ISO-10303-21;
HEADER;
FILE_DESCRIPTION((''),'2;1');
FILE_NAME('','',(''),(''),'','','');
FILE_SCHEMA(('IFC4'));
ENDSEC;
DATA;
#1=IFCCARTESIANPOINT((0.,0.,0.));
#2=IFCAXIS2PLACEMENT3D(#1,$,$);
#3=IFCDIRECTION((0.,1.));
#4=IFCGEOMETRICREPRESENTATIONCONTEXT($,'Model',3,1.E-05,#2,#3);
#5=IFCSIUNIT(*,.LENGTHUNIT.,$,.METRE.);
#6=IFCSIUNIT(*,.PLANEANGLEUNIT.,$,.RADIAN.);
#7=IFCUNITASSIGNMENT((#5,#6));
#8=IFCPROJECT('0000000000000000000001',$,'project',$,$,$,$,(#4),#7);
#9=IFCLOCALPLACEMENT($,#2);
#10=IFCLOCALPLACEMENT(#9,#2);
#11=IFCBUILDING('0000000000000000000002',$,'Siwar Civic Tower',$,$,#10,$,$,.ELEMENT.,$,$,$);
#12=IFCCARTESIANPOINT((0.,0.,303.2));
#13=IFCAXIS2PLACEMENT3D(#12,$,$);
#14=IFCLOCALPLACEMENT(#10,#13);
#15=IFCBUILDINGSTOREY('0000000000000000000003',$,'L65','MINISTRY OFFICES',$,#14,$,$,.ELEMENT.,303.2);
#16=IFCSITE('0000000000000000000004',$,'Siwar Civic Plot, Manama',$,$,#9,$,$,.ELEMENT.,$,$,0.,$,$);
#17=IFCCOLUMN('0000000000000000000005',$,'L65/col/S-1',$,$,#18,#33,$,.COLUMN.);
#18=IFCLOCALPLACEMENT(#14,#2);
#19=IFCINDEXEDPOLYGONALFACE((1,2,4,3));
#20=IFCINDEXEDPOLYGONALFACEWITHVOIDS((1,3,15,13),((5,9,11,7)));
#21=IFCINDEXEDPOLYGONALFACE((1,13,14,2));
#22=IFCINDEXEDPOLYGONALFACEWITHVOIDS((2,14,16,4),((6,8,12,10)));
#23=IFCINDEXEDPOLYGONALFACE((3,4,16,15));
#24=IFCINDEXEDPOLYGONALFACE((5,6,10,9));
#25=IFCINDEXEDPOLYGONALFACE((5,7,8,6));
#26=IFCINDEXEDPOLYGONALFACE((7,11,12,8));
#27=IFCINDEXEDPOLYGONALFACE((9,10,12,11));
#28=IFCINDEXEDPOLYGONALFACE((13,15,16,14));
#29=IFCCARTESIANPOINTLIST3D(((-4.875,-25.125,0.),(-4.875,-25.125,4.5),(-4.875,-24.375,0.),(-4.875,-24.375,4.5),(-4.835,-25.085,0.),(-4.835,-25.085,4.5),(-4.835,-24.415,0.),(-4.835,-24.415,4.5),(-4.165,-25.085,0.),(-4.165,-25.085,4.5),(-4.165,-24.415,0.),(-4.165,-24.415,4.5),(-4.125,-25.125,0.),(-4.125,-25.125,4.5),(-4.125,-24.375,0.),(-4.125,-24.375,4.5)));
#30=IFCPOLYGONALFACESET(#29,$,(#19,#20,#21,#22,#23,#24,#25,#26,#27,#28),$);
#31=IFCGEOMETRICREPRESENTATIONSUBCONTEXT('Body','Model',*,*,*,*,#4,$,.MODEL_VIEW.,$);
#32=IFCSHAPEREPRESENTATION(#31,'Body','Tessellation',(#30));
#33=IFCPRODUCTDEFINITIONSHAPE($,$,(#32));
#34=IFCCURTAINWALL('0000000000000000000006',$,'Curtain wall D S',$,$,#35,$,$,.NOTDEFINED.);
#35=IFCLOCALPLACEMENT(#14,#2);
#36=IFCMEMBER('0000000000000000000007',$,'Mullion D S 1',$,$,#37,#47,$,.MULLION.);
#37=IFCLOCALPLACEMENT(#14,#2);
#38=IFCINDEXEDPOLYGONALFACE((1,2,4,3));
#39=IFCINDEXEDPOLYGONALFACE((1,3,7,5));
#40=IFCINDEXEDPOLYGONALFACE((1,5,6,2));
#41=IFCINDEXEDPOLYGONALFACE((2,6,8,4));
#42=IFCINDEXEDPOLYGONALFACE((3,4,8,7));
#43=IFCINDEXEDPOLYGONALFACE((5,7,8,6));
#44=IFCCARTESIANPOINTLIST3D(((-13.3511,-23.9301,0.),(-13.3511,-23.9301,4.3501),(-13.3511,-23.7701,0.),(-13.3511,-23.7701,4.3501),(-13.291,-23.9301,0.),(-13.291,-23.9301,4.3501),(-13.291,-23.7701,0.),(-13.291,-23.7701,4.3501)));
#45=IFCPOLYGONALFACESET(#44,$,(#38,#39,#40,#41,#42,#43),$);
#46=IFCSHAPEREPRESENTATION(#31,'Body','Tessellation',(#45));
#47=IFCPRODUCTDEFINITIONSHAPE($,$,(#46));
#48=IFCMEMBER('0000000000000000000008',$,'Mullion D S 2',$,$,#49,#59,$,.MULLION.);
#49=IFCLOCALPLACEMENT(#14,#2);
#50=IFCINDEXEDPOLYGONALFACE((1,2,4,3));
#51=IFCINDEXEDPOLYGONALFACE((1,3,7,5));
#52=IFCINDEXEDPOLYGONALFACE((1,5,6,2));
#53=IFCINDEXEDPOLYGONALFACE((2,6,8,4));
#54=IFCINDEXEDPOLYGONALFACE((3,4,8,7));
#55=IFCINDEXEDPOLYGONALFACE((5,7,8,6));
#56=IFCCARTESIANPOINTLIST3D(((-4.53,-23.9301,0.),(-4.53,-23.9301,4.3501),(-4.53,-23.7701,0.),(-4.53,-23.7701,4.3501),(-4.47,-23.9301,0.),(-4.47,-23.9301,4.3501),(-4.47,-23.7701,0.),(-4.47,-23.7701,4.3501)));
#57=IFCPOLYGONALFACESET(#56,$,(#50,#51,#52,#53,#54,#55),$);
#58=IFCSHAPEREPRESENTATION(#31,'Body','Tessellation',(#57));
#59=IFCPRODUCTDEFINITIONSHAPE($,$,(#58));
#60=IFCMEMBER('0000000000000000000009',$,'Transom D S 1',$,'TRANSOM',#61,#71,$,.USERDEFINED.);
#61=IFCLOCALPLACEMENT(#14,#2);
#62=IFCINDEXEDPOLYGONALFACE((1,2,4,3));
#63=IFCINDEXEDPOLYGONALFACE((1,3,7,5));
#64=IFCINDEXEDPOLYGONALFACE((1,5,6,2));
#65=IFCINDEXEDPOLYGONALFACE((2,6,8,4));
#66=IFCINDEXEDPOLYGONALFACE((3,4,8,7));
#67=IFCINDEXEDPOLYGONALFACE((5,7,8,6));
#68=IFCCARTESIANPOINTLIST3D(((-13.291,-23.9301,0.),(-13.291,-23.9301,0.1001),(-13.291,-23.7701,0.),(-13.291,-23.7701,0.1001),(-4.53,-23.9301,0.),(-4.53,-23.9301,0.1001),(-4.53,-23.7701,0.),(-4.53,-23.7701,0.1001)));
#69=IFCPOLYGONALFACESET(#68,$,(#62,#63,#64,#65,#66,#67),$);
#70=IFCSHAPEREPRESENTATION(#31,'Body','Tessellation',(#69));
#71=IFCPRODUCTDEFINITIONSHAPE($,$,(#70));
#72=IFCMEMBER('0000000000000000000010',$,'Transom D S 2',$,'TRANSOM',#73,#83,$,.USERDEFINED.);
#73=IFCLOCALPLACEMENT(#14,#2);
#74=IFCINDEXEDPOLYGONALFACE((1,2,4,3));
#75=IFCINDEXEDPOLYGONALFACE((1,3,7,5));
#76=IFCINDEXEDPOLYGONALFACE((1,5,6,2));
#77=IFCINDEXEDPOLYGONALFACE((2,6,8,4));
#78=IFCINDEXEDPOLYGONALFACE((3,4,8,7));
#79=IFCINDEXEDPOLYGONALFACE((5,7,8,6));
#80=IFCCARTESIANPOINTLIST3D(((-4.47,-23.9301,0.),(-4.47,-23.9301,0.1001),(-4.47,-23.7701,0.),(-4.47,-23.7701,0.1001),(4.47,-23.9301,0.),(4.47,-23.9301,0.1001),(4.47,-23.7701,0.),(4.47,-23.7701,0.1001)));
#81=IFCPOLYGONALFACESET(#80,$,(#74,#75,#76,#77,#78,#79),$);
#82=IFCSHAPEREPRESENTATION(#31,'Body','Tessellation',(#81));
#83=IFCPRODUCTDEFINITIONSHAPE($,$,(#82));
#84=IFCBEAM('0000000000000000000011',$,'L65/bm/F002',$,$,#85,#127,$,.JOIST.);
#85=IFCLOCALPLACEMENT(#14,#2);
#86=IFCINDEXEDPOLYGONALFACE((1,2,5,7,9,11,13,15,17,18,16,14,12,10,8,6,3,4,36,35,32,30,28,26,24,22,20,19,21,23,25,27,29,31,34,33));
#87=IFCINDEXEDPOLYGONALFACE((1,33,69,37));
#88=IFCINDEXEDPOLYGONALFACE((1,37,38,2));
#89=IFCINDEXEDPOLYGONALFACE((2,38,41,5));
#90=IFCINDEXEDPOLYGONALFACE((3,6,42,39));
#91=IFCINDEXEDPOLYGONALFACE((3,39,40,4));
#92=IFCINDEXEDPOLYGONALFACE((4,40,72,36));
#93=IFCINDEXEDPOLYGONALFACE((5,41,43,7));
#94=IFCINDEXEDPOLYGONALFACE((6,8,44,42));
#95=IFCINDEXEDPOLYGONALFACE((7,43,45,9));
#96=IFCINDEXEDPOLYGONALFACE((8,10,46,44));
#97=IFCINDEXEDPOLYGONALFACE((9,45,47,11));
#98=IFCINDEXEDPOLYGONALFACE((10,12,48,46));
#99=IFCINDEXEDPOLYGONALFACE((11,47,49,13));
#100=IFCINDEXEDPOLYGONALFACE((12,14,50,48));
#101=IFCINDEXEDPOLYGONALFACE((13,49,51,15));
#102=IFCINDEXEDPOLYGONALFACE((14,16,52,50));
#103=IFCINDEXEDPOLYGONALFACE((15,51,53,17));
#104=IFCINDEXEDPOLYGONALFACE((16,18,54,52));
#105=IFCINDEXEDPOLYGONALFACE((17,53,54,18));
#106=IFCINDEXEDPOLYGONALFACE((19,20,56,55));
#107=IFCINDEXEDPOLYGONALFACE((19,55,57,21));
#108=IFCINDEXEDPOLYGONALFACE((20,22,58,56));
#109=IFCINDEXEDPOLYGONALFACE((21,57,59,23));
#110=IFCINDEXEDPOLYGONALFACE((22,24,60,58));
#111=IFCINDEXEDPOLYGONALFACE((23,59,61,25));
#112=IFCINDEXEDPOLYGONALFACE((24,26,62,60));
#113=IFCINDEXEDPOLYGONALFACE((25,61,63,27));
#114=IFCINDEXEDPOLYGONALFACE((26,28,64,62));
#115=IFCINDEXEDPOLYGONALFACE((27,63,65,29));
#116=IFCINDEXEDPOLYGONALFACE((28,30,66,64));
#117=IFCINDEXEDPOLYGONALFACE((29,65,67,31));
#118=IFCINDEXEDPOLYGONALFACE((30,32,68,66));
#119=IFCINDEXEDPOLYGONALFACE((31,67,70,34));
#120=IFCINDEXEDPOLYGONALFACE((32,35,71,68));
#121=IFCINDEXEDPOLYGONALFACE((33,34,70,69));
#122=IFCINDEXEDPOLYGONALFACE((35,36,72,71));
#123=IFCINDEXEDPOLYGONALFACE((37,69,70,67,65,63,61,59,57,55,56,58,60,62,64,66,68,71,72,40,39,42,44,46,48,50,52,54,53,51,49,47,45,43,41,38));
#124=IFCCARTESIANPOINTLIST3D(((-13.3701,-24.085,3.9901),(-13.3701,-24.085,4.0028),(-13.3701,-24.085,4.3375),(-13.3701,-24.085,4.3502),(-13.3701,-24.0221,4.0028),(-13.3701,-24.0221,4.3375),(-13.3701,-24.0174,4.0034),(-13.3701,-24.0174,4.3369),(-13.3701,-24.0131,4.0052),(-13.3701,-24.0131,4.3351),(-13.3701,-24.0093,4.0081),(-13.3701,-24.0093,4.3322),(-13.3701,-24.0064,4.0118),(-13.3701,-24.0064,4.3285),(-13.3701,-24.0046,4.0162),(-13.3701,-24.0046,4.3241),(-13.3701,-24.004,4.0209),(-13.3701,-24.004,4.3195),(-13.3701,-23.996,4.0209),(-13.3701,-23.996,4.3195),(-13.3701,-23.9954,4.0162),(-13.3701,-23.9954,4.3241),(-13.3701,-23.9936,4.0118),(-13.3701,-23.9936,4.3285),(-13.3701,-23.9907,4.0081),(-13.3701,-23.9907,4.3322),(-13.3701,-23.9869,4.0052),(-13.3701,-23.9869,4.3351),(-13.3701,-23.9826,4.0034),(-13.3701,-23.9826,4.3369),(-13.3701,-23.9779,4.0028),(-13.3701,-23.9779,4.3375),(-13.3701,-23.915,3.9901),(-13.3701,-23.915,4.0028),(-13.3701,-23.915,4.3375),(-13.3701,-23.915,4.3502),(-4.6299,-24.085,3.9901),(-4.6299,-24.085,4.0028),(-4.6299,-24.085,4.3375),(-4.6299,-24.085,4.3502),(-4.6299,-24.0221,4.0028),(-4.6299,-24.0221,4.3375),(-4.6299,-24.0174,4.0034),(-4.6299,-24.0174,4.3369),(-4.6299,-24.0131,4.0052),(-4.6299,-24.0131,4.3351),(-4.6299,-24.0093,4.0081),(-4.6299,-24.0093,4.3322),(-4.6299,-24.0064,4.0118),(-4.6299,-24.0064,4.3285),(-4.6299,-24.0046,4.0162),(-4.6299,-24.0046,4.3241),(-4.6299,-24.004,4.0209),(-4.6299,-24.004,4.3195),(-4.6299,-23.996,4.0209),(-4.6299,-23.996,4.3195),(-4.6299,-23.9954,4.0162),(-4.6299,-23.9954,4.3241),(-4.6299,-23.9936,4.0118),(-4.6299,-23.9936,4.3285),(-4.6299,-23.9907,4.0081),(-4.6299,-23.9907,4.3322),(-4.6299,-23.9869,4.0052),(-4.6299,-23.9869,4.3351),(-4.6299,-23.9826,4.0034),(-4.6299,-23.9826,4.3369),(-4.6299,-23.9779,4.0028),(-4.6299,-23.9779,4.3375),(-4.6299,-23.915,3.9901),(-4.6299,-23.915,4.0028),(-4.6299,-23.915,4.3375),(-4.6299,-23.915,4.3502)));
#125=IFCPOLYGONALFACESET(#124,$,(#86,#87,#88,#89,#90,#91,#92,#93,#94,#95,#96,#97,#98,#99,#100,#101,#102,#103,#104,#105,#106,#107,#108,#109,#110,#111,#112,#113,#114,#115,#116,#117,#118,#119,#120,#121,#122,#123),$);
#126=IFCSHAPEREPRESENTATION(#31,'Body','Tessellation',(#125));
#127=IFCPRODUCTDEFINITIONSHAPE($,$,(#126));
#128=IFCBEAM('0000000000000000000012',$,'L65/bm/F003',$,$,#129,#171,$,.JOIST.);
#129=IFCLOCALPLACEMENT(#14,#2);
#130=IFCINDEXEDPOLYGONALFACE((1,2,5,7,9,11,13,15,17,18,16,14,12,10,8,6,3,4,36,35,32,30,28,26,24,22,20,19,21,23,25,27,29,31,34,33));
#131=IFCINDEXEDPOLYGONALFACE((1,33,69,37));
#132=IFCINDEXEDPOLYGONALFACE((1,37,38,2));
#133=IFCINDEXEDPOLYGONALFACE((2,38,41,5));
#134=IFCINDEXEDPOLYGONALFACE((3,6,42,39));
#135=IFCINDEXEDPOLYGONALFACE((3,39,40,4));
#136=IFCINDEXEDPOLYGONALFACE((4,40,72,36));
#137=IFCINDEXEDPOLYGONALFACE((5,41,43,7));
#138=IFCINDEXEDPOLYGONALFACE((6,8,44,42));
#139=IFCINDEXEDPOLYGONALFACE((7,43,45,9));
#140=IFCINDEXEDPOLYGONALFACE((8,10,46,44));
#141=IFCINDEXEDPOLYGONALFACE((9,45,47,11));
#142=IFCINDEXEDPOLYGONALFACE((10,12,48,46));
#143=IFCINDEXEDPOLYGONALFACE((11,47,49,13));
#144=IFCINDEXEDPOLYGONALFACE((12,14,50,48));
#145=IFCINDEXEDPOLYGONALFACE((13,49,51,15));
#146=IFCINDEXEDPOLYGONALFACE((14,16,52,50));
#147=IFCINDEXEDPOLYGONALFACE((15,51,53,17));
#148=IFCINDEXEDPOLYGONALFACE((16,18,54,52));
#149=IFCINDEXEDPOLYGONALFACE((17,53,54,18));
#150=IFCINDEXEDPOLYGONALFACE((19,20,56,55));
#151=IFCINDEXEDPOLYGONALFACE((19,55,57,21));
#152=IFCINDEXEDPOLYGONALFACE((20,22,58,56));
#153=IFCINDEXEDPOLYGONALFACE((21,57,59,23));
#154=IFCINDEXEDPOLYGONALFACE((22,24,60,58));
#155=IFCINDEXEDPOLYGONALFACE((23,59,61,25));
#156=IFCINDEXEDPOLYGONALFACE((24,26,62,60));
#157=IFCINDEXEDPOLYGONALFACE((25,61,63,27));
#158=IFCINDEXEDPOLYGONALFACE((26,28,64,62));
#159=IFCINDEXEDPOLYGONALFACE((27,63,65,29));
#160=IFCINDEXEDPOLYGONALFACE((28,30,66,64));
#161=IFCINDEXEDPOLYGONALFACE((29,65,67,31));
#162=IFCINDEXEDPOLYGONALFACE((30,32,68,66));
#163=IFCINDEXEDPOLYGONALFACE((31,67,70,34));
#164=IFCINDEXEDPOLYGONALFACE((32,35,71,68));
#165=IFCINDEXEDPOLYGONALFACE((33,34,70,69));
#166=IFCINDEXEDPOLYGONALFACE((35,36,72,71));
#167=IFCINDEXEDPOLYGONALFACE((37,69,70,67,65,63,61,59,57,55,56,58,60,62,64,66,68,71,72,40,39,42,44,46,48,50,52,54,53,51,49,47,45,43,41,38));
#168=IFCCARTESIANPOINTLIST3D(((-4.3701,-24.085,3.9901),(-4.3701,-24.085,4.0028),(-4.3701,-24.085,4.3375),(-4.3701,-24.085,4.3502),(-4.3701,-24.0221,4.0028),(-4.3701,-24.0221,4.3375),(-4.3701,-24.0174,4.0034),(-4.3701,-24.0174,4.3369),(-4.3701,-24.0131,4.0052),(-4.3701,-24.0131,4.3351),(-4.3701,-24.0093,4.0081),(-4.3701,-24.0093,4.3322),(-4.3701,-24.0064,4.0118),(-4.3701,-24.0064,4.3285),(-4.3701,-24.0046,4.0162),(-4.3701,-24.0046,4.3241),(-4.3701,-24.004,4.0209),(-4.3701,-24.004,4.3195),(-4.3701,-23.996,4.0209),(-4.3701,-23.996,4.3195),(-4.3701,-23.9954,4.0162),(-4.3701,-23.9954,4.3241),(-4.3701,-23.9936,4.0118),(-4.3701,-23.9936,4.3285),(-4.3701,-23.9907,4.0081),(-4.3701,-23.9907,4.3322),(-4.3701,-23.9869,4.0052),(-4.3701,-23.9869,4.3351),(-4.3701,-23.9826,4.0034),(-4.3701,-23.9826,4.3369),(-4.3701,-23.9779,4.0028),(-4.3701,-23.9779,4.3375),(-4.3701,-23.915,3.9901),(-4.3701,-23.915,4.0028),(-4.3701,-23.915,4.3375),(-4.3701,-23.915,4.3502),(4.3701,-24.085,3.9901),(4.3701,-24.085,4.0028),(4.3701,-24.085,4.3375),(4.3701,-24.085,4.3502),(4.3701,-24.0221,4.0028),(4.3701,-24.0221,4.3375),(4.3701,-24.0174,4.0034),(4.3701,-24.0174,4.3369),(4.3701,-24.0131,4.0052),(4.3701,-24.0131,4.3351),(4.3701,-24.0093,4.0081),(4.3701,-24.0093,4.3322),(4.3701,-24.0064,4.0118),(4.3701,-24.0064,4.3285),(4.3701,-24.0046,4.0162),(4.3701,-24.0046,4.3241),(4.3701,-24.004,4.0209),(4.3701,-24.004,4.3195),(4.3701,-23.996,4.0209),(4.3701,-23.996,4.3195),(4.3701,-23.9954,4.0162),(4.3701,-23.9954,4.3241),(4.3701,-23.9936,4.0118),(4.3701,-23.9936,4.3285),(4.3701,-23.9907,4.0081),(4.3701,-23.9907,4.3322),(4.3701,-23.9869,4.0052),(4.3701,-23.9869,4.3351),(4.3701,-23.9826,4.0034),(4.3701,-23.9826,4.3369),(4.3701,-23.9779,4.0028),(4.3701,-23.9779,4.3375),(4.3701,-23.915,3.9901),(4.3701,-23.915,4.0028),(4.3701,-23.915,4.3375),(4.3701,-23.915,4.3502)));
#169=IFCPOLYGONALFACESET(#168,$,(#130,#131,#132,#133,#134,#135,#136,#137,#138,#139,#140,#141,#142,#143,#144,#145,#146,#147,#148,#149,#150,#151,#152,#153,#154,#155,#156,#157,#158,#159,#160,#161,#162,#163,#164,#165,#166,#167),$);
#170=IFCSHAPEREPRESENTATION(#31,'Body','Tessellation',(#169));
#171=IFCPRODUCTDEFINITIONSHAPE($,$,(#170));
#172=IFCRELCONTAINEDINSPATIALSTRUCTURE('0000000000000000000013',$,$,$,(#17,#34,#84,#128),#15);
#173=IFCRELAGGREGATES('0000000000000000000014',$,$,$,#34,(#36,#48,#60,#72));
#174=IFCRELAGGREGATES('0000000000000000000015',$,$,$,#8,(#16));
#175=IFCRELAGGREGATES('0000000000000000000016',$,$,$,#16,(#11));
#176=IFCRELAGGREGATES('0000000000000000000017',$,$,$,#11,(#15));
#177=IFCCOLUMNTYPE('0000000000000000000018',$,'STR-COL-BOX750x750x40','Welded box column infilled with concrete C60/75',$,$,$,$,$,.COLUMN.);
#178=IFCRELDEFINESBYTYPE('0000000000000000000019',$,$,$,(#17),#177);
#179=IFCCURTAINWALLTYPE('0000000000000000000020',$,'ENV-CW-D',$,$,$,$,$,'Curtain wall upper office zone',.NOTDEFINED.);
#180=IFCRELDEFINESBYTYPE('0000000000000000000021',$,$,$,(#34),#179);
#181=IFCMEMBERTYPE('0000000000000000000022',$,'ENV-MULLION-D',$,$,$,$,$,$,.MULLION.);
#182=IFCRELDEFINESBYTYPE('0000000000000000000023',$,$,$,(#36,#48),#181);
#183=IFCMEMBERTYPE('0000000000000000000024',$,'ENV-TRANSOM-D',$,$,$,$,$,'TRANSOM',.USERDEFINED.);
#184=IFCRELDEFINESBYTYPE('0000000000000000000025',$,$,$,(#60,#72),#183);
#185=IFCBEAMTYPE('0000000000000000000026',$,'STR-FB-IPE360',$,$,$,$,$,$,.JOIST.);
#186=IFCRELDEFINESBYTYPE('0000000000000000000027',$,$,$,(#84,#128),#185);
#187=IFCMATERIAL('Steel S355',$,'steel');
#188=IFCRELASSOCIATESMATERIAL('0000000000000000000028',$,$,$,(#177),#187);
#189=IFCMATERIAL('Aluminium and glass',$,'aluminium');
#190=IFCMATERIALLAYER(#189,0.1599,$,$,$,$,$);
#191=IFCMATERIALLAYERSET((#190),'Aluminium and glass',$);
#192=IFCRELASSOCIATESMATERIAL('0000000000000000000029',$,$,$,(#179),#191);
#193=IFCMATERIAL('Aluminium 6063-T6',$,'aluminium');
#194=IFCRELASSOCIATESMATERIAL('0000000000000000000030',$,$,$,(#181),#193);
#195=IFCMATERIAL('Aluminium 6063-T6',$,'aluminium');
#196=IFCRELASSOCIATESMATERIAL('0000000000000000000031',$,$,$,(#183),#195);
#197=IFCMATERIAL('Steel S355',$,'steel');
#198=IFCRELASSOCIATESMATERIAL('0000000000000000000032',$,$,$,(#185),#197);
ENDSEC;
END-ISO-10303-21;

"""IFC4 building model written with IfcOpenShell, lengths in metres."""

from ifc_helpers import new_model, si_unit, direction, frame, origin, origin_2d, place, context, subcontext, project, spatial, rectangle, hollow_rectangle, i_section, extrude, material, layer, layer_set, material_profile, profile_set, type_object, element, aggregate, save


model = new_model("IFC4")

# Units and contexts
model_context = context("Model", 3, precision=1e-05, world=origin(), true_north=direction((0.0, 1.0)))
body_context = subcontext(model_context, "Body", "Model", "MODEL_VIEW")
ifc_project = project(units=[si_unit("LENGTHUNIT", "METRE"), si_unit("PLANEANGLEUNIT", "RADIAN")], contexts=[model_context])

# Site, building, storey
site_placement = place(None, origin())
site = spatial("IfcSite", under=ifc_project, at=site_placement, Name="Siwar Civic Plot, Manama", CompositionType="ELEMENT", RefElevation=0.0)
building_placement = place(site_placement, origin())
building = spatial("IfcBuilding", under=site, at=building_placement, Name="Siwar Civic Tower", CompositionType="ELEMENT")
storey_placement = place(building_placement, frame((0.0, 0.0, 303.2)))
storey = spatial("IfcBuildingStorey", under=building, at=storey_placement, Name="L65", Description="MINISTRY OFFICES", CompositionType="ELEMENT", Elevation=303.2)

# Column
ifc_material_1 = material(Name="Steel S355", Category="steel")
ifc_material_profile_1 = material_profile(ifc_material_1, hollow_rectangle(XDim=0.75, YDim=0.75, WallThickness=0.04, at=origin_2d()), Name="BOX750x750x40")
ifc_profile_set_1 = profile_set([ifc_material_profile_1], Name="Steel S355")
column_type = type_object("IfcColumnType", Name="STR-COL-BOX750x750x40", Description="Welded box column infilled with concrete C60/75", PredefinedType="COLUMN", material=ifc_profile_set_1)
column_placement = place(storey_placement, frame((-4.5, -24.75, 0.0), z_axis=(0.0, 0.0, 1.0), x_axis=(1.0, 0.0, 0.0)))
element("IfcColumn", 1, at=column_placement, inside=storey, type_object=column_type, Name="L65/col/S-1", PredefinedType="COLUMN", context=body_context, shape_type="SweptSolid", body=[
    extrude(hollow_rectangle(XDim=0.75, YDim=0.75, WallThickness=0.04, at=origin_2d()), origin(), (0.0, 0.0, 1.0), 4.5),
])

# Curtain wall, members
ifc_material_2 = material(Name="Aluminium and glass", Category="aluminium")
ifc_layer_1 = layer(ifc_material_2, 0.1599)
ifc_layer_set_1 = layer_set([ifc_layer_1], Name="Aluminium and glass")
curtain_wall_type = type_object("IfcCurtainWallType", Name="ENV-CW-D", ElementType="Curtain wall upper office zone", PredefinedType="NOTDEFINED", material=ifc_layer_set_1)
curtain_wall_placement = place(storey_placement, origin())
curtain_wall = element("IfcCurtainWall", 2, at=curtain_wall_placement, inside=storey, type_object=curtain_wall_type, Name="Curtain wall D S", PredefinedType="NOTDEFINED")
ifc_material_3 = material(Name="Aluminium 6063-T6", Category="aluminium")
ifc_material_profile_2 = material_profile(ifc_material_3, rectangle(XDim=0.1599, YDim=0.0601, at=origin_2d()), Name="AL 160x60")
ifc_profile_set_2 = profile_set([ifc_material_profile_2], Name="Aluminium 6063-T6")
member_type_1 = type_object("IfcMemberType", Name="ENV-MULLION-D", PredefinedType="MULLION", material=ifc_profile_set_2)
member_1_placement = place(storey_placement, frame((-13.321, -23.8501, 0.0), z_axis=(0.0, 0.0, 1.0), x_axis=(0.0, 1.0, 0.0)))
member_1 = element("IfcMember", 3, at=member_1_placement, type_object=member_type_1, Name="Mullion D S 1", PredefinedType="MULLION", context=body_context, shape_type="SweptSolid", body=[
    extrude(rectangle(XDim=0.1599, YDim=0.0601, at=origin_2d()), origin(), (0.0, 0.0, 1.0), 4.3501),
])
member_2_placement = place(storey_placement, frame((-4.5, -23.8501, 0.0), z_axis=(0.0, 0.0, 1.0), x_axis=(0.0, 1.0, 0.0)))
member_2 = element("IfcMember", 4, at=member_2_placement, type_object=member_type_1, Name="Mullion D S 2", PredefinedType="MULLION", context=body_context, shape_type="SweptSolid", body=[
    extrude(rectangle(XDim=0.1599, YDim=0.0601, at=origin_2d()), origin(), (0.0, 0.0, 1.0), 4.3501),
])
ifc_material_4 = material(Name="Aluminium 6063-T6", Category="aluminium")
ifc_material_profile_3 = material_profile(ifc_material_4, rectangle(XDim=0.1599, YDim=0.1001, at=origin_2d()), Name="AL 160x100")
ifc_profile_set_3 = profile_set([ifc_material_profile_3], Name="Aluminium 6063-T6")
member_type_2 = type_object("IfcMemberType", Name="ENV-TRANSOM-D", ElementType="TRANSOM", PredefinedType="USERDEFINED", material=ifc_profile_set_3)
member_3_placement = place(storey_placement, frame((-13.291, -23.8501, 0.05), z_axis=(1.0, 0.0, 0.0), x_axis=(0.0, 1.0, 0.0)))
member_3 = element("IfcMember", 5, at=member_3_placement, type_object=member_type_2, Name="Transom D S 1", ObjectType="TRANSOM", PredefinedType="USERDEFINED", context=body_context, shape_type="SweptSolid", body=[
    extrude(rectangle(XDim=0.1599, YDim=0.1001, at=origin_2d()), origin(), (0.0, 0.0, 1.0), 8.761),
])
member_4_placement = place(storey_placement, frame((-4.47, -23.8501, 0.05), z_axis=(1.0, 0.0, 0.0), x_axis=(0.0, 1.0, 0.0)))
member_4 = element("IfcMember", 6, at=member_4_placement, type_object=member_type_2, Name="Transom D S 2", ObjectType="TRANSOM", PredefinedType="USERDEFINED", context=body_context, shape_type="SweptSolid", body=[
    extrude(rectangle(XDim=0.1599, YDim=0.1001, at=origin_2d()), origin(), (0.0, 0.0, 1.0), 8.9399),
])

# Beams
ifc_material_5 = material(Name="Steel S355", Category="steel")
ifc_material_profile_4 = material_profile(ifc_material_5, i_section(OverallWidth=0.1699, OverallDepth=0.3601, WebThickness=0.0081, FlangeThickness=0.0127, FilletRadius=0.0181, at=origin_2d()), Name="IPE360")
ifc_profile_set_4 = profile_set([ifc_material_profile_4], Name="Steel S355")
beam_type_1 = type_object("IfcBeamType", Name="STR-FB-IPE360", PredefinedType="JOIST", material=ifc_profile_set_4)
for number, where, z_axis, x_axis, name in (
    (7, (-13.3701, -24.0, 4.1702), (1.0, 0.0, 0.0), (0.0, 1.0, 0.0), "L65/bm/F002"),
    (8, (-4.3701, -24.0, 4.1702), (1.0, 0.0, 0.0), (0.0, 1.0, 0.0), "L65/bm/F003"),
):
    element("IfcBeam", number, at=place(storey_placement, frame(where, z_axis=z_axis, x_axis=x_axis)), inside=storey, type_object=beam_type_1, Name=name, PredefinedType="JOIST", context=body_context, shape_type="SweptSolid", body=[
        extrude(i_section(OverallWidth=0.1699, OverallDepth=0.3601, WebThickness=0.0081, FlangeThickness=0.0127, FilletRadius=0.0181, at=origin_2d()), origin(), (0.0, 0.0, 1.0), 8.7402),
    ])

aggregate(curtain_wall, [member_1, member_2, member_3, member_4])

save(model, "model.ifc")
